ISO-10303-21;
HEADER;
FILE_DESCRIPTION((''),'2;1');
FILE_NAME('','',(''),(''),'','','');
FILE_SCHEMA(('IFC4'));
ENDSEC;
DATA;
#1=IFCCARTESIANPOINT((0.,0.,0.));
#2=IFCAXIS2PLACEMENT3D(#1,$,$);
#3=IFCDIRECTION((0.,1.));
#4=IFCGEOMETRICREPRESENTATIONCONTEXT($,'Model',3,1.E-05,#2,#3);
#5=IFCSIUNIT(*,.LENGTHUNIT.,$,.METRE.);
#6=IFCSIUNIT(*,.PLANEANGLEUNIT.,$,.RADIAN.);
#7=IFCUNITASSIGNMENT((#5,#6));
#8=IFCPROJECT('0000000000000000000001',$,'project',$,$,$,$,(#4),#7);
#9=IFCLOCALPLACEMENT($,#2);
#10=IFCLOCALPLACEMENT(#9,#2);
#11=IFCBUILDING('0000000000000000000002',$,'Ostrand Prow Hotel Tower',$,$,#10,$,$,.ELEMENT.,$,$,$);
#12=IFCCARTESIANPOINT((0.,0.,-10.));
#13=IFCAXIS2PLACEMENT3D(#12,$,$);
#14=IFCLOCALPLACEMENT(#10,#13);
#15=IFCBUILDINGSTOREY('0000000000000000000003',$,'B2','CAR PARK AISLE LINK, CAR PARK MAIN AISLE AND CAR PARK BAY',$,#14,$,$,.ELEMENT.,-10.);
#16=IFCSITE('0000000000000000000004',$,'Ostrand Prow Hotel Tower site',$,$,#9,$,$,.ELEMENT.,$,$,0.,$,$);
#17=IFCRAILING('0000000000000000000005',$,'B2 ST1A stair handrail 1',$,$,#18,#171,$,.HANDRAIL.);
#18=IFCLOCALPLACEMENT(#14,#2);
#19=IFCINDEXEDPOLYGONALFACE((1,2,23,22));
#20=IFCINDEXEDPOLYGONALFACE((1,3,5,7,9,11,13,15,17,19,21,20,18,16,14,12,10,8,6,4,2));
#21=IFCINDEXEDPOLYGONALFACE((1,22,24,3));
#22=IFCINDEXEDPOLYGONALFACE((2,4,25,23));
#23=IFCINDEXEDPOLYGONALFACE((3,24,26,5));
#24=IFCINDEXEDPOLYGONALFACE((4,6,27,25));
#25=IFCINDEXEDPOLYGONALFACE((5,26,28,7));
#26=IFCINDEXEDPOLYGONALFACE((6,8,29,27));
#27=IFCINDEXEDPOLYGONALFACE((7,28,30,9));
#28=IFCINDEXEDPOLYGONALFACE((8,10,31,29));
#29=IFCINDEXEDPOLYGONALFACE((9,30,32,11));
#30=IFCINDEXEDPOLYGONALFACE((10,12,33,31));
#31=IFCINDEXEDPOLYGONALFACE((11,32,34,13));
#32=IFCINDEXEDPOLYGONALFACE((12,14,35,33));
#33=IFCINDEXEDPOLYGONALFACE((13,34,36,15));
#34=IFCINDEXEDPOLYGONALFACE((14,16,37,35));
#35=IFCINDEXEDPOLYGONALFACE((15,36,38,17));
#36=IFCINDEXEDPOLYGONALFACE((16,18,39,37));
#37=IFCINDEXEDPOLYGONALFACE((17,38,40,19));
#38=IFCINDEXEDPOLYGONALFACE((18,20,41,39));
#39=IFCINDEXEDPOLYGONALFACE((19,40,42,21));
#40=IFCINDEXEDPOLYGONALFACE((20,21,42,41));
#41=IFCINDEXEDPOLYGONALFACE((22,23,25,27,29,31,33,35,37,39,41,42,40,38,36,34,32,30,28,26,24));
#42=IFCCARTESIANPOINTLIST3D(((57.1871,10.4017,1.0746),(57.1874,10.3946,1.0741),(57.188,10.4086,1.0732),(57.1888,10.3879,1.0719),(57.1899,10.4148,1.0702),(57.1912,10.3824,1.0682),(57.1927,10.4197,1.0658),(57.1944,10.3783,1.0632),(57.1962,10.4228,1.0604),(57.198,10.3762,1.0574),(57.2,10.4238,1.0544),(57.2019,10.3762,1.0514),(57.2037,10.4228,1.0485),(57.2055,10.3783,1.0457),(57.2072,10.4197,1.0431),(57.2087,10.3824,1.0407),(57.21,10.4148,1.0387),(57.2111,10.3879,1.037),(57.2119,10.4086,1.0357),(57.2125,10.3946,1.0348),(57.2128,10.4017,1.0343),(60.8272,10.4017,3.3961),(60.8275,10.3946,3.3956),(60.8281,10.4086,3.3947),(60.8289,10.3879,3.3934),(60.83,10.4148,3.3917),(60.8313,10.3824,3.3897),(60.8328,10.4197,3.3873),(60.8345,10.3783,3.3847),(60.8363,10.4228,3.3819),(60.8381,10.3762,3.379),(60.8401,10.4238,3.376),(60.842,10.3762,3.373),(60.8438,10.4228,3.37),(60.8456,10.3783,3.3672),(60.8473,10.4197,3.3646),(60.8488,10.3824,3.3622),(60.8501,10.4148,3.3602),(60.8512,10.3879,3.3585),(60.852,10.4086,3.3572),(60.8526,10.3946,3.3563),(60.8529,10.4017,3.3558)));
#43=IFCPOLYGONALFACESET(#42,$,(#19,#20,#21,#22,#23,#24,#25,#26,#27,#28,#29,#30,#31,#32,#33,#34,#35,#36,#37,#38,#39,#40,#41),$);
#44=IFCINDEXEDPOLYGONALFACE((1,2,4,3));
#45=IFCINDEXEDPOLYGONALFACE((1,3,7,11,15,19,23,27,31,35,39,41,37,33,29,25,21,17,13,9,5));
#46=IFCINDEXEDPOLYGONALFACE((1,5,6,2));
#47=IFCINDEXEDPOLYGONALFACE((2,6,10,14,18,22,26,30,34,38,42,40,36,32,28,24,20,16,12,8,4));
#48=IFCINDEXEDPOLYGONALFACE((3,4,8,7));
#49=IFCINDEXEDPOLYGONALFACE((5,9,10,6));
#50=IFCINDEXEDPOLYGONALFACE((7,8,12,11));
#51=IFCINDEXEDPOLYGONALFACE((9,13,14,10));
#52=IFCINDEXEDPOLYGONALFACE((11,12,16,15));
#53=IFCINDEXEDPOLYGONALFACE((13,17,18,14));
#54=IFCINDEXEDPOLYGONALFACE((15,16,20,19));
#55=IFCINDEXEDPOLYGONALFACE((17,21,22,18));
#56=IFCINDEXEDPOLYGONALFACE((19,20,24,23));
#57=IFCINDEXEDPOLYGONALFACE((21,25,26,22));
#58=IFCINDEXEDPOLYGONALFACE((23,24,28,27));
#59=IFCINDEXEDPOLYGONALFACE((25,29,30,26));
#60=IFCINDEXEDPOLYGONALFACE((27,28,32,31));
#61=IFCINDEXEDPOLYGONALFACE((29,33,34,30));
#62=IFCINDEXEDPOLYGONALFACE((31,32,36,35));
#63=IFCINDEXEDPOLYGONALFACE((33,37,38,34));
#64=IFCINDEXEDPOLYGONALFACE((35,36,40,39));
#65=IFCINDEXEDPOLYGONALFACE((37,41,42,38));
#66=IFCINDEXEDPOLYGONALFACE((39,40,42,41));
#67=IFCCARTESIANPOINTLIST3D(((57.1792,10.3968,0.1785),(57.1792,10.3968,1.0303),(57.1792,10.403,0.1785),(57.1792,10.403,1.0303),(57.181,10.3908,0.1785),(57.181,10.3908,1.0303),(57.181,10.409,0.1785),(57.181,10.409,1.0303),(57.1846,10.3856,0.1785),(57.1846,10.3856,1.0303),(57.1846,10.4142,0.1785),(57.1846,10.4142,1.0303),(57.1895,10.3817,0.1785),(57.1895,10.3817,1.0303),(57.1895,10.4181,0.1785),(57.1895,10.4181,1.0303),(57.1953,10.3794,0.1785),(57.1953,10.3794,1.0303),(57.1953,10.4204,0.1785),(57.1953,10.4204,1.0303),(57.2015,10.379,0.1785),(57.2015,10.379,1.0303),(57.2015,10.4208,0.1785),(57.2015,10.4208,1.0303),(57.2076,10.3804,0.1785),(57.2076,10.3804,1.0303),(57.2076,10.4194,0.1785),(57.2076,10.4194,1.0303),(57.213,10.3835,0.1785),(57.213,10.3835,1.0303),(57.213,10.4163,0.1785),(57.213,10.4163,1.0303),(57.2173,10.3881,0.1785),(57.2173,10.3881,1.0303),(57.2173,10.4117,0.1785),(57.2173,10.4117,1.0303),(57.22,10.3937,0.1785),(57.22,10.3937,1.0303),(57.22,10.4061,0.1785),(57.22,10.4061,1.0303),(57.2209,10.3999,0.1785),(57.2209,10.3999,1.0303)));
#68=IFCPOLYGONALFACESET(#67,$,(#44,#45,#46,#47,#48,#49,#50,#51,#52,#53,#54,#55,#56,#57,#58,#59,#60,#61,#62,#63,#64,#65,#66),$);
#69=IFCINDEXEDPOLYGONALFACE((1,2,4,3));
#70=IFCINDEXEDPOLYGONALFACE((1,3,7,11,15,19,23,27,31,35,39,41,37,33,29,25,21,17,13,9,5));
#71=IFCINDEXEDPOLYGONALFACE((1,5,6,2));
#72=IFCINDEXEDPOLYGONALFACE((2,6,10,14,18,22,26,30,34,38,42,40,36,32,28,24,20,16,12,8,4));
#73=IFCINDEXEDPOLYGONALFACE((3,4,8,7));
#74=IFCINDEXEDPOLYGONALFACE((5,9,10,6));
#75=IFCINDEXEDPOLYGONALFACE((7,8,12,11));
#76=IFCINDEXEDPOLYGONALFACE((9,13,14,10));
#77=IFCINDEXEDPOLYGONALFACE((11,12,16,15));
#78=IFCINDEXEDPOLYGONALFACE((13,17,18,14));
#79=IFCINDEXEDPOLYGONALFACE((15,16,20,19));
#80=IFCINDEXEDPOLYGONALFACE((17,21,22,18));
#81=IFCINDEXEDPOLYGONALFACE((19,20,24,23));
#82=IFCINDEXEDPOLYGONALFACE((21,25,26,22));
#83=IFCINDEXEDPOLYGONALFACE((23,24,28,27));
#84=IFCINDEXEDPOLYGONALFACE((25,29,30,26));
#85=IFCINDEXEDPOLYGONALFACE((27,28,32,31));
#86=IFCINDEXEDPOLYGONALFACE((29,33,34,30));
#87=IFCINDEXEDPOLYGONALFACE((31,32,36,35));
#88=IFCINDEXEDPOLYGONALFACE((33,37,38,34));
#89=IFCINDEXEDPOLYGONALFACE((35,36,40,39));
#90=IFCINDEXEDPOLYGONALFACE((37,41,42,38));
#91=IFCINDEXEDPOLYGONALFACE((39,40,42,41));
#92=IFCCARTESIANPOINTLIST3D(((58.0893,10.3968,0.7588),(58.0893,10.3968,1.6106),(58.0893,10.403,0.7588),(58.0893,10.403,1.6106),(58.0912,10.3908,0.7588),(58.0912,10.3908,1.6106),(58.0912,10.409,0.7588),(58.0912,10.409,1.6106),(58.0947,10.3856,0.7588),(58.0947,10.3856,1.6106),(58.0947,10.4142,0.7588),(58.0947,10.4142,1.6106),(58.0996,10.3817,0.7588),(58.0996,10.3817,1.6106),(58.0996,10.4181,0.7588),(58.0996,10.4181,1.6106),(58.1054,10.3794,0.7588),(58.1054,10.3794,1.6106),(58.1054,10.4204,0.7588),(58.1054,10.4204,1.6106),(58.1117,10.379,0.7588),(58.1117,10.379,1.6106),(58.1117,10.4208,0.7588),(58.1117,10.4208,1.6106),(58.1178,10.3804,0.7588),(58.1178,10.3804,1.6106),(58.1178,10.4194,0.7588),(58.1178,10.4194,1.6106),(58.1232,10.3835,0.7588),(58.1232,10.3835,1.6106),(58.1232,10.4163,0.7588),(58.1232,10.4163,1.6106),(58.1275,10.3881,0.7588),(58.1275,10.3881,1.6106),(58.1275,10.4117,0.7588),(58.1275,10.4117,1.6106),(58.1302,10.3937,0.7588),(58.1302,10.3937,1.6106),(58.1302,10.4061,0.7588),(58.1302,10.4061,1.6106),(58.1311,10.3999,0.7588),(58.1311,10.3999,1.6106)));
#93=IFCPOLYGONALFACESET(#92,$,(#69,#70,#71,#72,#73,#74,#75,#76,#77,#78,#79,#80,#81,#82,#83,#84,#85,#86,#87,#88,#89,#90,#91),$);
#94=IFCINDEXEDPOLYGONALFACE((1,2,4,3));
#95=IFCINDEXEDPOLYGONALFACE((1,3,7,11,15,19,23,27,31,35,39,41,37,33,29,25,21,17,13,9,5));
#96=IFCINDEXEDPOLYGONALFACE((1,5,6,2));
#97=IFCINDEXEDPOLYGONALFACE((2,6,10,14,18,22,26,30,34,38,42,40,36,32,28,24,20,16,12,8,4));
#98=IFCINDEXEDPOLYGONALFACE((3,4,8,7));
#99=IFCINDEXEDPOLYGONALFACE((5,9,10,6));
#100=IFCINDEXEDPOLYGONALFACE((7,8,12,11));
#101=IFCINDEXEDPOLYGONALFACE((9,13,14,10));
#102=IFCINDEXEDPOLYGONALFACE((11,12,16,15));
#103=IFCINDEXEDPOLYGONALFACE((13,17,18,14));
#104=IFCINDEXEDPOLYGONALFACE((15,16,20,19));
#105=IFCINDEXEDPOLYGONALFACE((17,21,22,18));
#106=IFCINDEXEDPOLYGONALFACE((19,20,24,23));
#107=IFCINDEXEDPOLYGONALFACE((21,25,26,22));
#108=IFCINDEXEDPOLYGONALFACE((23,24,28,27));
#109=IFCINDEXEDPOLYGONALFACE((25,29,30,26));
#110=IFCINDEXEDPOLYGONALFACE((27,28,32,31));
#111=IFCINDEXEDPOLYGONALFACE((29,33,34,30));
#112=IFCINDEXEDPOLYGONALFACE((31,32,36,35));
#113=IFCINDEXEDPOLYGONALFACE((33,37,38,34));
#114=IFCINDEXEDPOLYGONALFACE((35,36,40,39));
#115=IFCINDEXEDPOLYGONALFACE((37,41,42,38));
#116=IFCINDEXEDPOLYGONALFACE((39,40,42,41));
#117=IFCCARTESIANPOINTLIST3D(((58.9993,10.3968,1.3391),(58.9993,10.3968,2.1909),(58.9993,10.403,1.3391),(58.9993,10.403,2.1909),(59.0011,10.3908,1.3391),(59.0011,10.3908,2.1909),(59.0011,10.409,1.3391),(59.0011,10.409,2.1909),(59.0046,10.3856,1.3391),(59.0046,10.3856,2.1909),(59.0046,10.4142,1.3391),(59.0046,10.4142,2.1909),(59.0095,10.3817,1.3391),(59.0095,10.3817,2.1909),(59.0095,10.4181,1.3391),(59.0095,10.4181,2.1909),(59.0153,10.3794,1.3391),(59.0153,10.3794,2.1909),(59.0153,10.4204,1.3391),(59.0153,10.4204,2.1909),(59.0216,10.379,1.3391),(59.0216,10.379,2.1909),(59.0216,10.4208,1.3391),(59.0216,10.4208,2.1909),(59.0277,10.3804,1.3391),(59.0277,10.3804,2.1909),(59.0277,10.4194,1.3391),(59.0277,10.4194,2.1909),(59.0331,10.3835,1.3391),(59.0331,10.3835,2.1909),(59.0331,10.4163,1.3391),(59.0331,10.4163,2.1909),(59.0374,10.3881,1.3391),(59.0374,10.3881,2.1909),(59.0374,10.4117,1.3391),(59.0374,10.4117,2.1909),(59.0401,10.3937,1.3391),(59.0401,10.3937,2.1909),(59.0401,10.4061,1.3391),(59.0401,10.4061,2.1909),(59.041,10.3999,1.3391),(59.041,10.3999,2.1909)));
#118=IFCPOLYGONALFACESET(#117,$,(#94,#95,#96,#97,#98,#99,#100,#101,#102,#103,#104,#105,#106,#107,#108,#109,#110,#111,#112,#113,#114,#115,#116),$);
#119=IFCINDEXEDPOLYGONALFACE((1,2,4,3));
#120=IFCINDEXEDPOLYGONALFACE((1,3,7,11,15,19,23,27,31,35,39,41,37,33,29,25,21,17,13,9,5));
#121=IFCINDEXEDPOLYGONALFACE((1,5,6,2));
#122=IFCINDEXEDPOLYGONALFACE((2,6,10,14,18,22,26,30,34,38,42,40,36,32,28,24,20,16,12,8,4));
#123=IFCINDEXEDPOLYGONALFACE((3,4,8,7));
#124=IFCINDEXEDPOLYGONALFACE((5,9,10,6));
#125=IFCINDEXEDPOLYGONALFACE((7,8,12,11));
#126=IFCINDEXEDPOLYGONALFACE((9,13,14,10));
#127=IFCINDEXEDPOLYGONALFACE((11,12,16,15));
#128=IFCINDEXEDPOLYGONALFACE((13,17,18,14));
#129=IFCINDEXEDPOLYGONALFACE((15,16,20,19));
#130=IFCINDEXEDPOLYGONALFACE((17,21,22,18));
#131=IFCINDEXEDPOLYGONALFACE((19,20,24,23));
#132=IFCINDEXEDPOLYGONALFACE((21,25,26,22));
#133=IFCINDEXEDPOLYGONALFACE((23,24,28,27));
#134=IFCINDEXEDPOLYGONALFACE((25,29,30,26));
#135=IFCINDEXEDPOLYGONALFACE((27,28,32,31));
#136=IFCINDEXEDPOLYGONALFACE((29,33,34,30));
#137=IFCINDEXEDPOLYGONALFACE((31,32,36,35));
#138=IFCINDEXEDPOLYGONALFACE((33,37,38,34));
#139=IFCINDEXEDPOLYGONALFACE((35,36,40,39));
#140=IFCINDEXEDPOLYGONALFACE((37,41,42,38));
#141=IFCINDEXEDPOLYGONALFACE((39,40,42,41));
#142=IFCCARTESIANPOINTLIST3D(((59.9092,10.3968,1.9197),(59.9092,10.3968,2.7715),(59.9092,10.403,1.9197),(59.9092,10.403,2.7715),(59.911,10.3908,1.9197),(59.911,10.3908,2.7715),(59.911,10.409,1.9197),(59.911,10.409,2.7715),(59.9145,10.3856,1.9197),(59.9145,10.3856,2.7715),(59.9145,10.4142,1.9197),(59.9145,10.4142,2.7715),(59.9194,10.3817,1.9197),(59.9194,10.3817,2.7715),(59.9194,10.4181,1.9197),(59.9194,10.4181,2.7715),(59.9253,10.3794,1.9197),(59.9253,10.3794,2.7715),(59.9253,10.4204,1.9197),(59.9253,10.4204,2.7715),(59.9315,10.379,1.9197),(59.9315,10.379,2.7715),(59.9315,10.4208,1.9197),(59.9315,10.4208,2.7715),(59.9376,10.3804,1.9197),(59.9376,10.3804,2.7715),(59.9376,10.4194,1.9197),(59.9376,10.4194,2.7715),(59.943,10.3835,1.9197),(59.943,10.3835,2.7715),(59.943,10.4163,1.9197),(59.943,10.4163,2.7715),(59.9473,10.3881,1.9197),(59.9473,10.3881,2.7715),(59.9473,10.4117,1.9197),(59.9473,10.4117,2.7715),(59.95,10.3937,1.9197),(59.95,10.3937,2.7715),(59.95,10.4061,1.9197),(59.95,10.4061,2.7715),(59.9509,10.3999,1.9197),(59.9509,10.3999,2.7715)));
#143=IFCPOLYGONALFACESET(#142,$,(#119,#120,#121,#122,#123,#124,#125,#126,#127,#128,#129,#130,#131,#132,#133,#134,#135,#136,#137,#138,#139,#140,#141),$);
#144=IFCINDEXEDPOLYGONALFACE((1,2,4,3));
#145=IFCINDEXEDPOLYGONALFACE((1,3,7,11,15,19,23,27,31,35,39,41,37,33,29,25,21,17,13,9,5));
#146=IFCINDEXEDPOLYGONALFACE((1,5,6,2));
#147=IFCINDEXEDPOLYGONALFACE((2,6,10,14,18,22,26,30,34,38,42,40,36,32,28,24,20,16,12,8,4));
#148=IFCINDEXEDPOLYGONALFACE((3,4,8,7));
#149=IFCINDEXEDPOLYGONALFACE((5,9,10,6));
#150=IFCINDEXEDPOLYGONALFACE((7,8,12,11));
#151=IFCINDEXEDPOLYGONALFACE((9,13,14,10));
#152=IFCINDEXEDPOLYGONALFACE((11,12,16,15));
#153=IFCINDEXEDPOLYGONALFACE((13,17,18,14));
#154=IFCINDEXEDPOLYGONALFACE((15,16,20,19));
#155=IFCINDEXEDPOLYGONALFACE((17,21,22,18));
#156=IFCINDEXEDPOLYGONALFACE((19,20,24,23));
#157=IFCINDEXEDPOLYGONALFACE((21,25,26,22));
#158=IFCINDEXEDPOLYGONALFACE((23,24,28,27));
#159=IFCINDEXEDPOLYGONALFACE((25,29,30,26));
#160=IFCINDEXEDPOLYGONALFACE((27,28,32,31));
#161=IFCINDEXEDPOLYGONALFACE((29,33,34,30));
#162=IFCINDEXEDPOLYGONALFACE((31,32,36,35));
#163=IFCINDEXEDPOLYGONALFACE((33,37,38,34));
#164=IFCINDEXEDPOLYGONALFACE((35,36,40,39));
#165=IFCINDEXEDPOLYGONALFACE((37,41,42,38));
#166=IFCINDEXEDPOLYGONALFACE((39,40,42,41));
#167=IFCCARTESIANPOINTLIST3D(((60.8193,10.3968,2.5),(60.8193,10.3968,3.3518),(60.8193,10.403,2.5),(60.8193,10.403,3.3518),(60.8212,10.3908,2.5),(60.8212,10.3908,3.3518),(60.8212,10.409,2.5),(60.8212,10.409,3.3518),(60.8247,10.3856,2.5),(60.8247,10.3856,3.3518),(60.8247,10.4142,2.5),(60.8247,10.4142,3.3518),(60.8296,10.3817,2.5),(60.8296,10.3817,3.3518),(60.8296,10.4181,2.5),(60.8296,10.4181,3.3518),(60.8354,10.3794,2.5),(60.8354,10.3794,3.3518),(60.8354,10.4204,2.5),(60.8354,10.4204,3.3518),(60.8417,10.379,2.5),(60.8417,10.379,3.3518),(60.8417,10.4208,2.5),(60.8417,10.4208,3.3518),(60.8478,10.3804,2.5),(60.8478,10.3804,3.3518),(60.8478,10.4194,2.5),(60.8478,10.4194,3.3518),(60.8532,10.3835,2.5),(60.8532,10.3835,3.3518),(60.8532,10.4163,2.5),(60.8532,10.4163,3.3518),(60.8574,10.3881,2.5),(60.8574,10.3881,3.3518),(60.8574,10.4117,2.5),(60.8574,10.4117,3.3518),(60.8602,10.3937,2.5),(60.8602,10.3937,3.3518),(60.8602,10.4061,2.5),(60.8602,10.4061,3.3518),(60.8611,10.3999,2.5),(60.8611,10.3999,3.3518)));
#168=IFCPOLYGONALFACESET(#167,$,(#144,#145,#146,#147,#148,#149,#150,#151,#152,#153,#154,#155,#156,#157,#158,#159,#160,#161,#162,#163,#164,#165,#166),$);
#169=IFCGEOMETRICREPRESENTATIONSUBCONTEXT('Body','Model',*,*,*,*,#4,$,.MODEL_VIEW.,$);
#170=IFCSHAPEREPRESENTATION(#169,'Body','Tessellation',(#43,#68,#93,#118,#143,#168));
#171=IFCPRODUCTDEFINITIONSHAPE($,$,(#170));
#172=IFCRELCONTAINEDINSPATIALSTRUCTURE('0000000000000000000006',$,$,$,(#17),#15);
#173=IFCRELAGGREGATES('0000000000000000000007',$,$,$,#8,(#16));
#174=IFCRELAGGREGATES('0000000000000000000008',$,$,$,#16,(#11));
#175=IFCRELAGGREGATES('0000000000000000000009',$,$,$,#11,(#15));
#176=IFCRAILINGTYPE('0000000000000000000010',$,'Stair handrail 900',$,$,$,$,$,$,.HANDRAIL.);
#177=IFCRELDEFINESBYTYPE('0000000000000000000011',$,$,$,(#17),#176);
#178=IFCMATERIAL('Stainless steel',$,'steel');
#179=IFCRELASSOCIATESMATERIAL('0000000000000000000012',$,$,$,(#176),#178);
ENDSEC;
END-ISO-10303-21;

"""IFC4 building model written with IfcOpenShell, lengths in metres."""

from ifc_helpers import new_model, si_unit, direction, frame, origin, origin_2d, place, context, subcontext, project, spatial, circle, extrude, material, type_object, element, save


model = new_model("IFC4")

# Units and contexts
model_context = context("Model", 3, precision=1e-05, world=origin(), true_north=direction((0.0, 1.0)))
body_context = subcontext(model_context, "Body", "Model", "MODEL_VIEW")
ifc_project = project(units=[si_unit("LENGTHUNIT", "METRE"), si_unit("PLANEANGLEUNIT", "RADIAN")], contexts=[model_context])

# Site, building, storey
site_placement = place(None, origin())
site = spatial("IfcSite", under=ifc_project, at=site_placement, Name="Ostrand Prow Hotel Tower site", CompositionType="ELEMENT", RefElevation=0.0)
building_placement = place(site_placement, origin())
building = spatial("IfcBuilding", under=site, at=building_placement, Name="Ostrand Prow Hotel Tower", CompositionType="ELEMENT")
storey_placement = place(building_placement, frame((0.0, 0.0, -10.0)))
storey = spatial("IfcBuildingStorey", under=building, at=storey_placement, Name="B2", Description="CAR PARK AISLE LINK, CAR PARK MAIN AISLE AND CAR PARK BAY", CompositionType="ELEMENT", Elevation=-10.0)

# Railing
ifc_material_1 = material(Name="Stainless steel", Category="steel")
railing_type_1 = type_object("IfcRailingType", Name="Stair handrail 900", PredefinedType="HANDRAIL", material=ifc_material_1)
for number, where, name in (
    (1, (57.2, 10.3999, 0.1785), "B2 ST1A stair handrail 1"),
):
    element("IfcRailing", number, at=place(storey_placement, frame(where)), inside=storey, type_object=railing_type_1, Name=name, PredefinedType="HANDRAIL", context=body_context, shape_type="SweptSolid", body=[
        extrude(circle(Radius=0.0239, at=origin_2d()), frame((0.0, 0.0, 0.876), z_axis=(0.843128, 0.0, 0.537713), x_axis=(0.0, 1.0, 0.0)), (0.0, 0.0, 1.0), 4.3174),
        extrude(circle(Radius=0.021, at=origin_2d()), origin(), (0.0, 0.0, 1.0), 0.8518),
        extrude(circle(Radius=0.021, at=origin_2d()), frame((0.9102, 0.0, 0.5803)), (0.0, 0.0, 1.0), 0.8518),
        extrude(circle(Radius=0.021, at=origin_2d()), frame((1.8201, 0.0, 1.1606)), (0.0, 0.0, 1.0), 0.8518),
        extrude(circle(Radius=0.021, at=origin_2d()), frame((2.73, 0.0, 1.7412)), (0.0, 0.0, 1.0), 0.8518),
        extrude(circle(Radius=0.021, at=origin_2d()), frame((3.6401, 0.0, 2.3215)), (0.0, 0.0, 1.0), 0.8518),
    ])

save(model, "model.ifc")
